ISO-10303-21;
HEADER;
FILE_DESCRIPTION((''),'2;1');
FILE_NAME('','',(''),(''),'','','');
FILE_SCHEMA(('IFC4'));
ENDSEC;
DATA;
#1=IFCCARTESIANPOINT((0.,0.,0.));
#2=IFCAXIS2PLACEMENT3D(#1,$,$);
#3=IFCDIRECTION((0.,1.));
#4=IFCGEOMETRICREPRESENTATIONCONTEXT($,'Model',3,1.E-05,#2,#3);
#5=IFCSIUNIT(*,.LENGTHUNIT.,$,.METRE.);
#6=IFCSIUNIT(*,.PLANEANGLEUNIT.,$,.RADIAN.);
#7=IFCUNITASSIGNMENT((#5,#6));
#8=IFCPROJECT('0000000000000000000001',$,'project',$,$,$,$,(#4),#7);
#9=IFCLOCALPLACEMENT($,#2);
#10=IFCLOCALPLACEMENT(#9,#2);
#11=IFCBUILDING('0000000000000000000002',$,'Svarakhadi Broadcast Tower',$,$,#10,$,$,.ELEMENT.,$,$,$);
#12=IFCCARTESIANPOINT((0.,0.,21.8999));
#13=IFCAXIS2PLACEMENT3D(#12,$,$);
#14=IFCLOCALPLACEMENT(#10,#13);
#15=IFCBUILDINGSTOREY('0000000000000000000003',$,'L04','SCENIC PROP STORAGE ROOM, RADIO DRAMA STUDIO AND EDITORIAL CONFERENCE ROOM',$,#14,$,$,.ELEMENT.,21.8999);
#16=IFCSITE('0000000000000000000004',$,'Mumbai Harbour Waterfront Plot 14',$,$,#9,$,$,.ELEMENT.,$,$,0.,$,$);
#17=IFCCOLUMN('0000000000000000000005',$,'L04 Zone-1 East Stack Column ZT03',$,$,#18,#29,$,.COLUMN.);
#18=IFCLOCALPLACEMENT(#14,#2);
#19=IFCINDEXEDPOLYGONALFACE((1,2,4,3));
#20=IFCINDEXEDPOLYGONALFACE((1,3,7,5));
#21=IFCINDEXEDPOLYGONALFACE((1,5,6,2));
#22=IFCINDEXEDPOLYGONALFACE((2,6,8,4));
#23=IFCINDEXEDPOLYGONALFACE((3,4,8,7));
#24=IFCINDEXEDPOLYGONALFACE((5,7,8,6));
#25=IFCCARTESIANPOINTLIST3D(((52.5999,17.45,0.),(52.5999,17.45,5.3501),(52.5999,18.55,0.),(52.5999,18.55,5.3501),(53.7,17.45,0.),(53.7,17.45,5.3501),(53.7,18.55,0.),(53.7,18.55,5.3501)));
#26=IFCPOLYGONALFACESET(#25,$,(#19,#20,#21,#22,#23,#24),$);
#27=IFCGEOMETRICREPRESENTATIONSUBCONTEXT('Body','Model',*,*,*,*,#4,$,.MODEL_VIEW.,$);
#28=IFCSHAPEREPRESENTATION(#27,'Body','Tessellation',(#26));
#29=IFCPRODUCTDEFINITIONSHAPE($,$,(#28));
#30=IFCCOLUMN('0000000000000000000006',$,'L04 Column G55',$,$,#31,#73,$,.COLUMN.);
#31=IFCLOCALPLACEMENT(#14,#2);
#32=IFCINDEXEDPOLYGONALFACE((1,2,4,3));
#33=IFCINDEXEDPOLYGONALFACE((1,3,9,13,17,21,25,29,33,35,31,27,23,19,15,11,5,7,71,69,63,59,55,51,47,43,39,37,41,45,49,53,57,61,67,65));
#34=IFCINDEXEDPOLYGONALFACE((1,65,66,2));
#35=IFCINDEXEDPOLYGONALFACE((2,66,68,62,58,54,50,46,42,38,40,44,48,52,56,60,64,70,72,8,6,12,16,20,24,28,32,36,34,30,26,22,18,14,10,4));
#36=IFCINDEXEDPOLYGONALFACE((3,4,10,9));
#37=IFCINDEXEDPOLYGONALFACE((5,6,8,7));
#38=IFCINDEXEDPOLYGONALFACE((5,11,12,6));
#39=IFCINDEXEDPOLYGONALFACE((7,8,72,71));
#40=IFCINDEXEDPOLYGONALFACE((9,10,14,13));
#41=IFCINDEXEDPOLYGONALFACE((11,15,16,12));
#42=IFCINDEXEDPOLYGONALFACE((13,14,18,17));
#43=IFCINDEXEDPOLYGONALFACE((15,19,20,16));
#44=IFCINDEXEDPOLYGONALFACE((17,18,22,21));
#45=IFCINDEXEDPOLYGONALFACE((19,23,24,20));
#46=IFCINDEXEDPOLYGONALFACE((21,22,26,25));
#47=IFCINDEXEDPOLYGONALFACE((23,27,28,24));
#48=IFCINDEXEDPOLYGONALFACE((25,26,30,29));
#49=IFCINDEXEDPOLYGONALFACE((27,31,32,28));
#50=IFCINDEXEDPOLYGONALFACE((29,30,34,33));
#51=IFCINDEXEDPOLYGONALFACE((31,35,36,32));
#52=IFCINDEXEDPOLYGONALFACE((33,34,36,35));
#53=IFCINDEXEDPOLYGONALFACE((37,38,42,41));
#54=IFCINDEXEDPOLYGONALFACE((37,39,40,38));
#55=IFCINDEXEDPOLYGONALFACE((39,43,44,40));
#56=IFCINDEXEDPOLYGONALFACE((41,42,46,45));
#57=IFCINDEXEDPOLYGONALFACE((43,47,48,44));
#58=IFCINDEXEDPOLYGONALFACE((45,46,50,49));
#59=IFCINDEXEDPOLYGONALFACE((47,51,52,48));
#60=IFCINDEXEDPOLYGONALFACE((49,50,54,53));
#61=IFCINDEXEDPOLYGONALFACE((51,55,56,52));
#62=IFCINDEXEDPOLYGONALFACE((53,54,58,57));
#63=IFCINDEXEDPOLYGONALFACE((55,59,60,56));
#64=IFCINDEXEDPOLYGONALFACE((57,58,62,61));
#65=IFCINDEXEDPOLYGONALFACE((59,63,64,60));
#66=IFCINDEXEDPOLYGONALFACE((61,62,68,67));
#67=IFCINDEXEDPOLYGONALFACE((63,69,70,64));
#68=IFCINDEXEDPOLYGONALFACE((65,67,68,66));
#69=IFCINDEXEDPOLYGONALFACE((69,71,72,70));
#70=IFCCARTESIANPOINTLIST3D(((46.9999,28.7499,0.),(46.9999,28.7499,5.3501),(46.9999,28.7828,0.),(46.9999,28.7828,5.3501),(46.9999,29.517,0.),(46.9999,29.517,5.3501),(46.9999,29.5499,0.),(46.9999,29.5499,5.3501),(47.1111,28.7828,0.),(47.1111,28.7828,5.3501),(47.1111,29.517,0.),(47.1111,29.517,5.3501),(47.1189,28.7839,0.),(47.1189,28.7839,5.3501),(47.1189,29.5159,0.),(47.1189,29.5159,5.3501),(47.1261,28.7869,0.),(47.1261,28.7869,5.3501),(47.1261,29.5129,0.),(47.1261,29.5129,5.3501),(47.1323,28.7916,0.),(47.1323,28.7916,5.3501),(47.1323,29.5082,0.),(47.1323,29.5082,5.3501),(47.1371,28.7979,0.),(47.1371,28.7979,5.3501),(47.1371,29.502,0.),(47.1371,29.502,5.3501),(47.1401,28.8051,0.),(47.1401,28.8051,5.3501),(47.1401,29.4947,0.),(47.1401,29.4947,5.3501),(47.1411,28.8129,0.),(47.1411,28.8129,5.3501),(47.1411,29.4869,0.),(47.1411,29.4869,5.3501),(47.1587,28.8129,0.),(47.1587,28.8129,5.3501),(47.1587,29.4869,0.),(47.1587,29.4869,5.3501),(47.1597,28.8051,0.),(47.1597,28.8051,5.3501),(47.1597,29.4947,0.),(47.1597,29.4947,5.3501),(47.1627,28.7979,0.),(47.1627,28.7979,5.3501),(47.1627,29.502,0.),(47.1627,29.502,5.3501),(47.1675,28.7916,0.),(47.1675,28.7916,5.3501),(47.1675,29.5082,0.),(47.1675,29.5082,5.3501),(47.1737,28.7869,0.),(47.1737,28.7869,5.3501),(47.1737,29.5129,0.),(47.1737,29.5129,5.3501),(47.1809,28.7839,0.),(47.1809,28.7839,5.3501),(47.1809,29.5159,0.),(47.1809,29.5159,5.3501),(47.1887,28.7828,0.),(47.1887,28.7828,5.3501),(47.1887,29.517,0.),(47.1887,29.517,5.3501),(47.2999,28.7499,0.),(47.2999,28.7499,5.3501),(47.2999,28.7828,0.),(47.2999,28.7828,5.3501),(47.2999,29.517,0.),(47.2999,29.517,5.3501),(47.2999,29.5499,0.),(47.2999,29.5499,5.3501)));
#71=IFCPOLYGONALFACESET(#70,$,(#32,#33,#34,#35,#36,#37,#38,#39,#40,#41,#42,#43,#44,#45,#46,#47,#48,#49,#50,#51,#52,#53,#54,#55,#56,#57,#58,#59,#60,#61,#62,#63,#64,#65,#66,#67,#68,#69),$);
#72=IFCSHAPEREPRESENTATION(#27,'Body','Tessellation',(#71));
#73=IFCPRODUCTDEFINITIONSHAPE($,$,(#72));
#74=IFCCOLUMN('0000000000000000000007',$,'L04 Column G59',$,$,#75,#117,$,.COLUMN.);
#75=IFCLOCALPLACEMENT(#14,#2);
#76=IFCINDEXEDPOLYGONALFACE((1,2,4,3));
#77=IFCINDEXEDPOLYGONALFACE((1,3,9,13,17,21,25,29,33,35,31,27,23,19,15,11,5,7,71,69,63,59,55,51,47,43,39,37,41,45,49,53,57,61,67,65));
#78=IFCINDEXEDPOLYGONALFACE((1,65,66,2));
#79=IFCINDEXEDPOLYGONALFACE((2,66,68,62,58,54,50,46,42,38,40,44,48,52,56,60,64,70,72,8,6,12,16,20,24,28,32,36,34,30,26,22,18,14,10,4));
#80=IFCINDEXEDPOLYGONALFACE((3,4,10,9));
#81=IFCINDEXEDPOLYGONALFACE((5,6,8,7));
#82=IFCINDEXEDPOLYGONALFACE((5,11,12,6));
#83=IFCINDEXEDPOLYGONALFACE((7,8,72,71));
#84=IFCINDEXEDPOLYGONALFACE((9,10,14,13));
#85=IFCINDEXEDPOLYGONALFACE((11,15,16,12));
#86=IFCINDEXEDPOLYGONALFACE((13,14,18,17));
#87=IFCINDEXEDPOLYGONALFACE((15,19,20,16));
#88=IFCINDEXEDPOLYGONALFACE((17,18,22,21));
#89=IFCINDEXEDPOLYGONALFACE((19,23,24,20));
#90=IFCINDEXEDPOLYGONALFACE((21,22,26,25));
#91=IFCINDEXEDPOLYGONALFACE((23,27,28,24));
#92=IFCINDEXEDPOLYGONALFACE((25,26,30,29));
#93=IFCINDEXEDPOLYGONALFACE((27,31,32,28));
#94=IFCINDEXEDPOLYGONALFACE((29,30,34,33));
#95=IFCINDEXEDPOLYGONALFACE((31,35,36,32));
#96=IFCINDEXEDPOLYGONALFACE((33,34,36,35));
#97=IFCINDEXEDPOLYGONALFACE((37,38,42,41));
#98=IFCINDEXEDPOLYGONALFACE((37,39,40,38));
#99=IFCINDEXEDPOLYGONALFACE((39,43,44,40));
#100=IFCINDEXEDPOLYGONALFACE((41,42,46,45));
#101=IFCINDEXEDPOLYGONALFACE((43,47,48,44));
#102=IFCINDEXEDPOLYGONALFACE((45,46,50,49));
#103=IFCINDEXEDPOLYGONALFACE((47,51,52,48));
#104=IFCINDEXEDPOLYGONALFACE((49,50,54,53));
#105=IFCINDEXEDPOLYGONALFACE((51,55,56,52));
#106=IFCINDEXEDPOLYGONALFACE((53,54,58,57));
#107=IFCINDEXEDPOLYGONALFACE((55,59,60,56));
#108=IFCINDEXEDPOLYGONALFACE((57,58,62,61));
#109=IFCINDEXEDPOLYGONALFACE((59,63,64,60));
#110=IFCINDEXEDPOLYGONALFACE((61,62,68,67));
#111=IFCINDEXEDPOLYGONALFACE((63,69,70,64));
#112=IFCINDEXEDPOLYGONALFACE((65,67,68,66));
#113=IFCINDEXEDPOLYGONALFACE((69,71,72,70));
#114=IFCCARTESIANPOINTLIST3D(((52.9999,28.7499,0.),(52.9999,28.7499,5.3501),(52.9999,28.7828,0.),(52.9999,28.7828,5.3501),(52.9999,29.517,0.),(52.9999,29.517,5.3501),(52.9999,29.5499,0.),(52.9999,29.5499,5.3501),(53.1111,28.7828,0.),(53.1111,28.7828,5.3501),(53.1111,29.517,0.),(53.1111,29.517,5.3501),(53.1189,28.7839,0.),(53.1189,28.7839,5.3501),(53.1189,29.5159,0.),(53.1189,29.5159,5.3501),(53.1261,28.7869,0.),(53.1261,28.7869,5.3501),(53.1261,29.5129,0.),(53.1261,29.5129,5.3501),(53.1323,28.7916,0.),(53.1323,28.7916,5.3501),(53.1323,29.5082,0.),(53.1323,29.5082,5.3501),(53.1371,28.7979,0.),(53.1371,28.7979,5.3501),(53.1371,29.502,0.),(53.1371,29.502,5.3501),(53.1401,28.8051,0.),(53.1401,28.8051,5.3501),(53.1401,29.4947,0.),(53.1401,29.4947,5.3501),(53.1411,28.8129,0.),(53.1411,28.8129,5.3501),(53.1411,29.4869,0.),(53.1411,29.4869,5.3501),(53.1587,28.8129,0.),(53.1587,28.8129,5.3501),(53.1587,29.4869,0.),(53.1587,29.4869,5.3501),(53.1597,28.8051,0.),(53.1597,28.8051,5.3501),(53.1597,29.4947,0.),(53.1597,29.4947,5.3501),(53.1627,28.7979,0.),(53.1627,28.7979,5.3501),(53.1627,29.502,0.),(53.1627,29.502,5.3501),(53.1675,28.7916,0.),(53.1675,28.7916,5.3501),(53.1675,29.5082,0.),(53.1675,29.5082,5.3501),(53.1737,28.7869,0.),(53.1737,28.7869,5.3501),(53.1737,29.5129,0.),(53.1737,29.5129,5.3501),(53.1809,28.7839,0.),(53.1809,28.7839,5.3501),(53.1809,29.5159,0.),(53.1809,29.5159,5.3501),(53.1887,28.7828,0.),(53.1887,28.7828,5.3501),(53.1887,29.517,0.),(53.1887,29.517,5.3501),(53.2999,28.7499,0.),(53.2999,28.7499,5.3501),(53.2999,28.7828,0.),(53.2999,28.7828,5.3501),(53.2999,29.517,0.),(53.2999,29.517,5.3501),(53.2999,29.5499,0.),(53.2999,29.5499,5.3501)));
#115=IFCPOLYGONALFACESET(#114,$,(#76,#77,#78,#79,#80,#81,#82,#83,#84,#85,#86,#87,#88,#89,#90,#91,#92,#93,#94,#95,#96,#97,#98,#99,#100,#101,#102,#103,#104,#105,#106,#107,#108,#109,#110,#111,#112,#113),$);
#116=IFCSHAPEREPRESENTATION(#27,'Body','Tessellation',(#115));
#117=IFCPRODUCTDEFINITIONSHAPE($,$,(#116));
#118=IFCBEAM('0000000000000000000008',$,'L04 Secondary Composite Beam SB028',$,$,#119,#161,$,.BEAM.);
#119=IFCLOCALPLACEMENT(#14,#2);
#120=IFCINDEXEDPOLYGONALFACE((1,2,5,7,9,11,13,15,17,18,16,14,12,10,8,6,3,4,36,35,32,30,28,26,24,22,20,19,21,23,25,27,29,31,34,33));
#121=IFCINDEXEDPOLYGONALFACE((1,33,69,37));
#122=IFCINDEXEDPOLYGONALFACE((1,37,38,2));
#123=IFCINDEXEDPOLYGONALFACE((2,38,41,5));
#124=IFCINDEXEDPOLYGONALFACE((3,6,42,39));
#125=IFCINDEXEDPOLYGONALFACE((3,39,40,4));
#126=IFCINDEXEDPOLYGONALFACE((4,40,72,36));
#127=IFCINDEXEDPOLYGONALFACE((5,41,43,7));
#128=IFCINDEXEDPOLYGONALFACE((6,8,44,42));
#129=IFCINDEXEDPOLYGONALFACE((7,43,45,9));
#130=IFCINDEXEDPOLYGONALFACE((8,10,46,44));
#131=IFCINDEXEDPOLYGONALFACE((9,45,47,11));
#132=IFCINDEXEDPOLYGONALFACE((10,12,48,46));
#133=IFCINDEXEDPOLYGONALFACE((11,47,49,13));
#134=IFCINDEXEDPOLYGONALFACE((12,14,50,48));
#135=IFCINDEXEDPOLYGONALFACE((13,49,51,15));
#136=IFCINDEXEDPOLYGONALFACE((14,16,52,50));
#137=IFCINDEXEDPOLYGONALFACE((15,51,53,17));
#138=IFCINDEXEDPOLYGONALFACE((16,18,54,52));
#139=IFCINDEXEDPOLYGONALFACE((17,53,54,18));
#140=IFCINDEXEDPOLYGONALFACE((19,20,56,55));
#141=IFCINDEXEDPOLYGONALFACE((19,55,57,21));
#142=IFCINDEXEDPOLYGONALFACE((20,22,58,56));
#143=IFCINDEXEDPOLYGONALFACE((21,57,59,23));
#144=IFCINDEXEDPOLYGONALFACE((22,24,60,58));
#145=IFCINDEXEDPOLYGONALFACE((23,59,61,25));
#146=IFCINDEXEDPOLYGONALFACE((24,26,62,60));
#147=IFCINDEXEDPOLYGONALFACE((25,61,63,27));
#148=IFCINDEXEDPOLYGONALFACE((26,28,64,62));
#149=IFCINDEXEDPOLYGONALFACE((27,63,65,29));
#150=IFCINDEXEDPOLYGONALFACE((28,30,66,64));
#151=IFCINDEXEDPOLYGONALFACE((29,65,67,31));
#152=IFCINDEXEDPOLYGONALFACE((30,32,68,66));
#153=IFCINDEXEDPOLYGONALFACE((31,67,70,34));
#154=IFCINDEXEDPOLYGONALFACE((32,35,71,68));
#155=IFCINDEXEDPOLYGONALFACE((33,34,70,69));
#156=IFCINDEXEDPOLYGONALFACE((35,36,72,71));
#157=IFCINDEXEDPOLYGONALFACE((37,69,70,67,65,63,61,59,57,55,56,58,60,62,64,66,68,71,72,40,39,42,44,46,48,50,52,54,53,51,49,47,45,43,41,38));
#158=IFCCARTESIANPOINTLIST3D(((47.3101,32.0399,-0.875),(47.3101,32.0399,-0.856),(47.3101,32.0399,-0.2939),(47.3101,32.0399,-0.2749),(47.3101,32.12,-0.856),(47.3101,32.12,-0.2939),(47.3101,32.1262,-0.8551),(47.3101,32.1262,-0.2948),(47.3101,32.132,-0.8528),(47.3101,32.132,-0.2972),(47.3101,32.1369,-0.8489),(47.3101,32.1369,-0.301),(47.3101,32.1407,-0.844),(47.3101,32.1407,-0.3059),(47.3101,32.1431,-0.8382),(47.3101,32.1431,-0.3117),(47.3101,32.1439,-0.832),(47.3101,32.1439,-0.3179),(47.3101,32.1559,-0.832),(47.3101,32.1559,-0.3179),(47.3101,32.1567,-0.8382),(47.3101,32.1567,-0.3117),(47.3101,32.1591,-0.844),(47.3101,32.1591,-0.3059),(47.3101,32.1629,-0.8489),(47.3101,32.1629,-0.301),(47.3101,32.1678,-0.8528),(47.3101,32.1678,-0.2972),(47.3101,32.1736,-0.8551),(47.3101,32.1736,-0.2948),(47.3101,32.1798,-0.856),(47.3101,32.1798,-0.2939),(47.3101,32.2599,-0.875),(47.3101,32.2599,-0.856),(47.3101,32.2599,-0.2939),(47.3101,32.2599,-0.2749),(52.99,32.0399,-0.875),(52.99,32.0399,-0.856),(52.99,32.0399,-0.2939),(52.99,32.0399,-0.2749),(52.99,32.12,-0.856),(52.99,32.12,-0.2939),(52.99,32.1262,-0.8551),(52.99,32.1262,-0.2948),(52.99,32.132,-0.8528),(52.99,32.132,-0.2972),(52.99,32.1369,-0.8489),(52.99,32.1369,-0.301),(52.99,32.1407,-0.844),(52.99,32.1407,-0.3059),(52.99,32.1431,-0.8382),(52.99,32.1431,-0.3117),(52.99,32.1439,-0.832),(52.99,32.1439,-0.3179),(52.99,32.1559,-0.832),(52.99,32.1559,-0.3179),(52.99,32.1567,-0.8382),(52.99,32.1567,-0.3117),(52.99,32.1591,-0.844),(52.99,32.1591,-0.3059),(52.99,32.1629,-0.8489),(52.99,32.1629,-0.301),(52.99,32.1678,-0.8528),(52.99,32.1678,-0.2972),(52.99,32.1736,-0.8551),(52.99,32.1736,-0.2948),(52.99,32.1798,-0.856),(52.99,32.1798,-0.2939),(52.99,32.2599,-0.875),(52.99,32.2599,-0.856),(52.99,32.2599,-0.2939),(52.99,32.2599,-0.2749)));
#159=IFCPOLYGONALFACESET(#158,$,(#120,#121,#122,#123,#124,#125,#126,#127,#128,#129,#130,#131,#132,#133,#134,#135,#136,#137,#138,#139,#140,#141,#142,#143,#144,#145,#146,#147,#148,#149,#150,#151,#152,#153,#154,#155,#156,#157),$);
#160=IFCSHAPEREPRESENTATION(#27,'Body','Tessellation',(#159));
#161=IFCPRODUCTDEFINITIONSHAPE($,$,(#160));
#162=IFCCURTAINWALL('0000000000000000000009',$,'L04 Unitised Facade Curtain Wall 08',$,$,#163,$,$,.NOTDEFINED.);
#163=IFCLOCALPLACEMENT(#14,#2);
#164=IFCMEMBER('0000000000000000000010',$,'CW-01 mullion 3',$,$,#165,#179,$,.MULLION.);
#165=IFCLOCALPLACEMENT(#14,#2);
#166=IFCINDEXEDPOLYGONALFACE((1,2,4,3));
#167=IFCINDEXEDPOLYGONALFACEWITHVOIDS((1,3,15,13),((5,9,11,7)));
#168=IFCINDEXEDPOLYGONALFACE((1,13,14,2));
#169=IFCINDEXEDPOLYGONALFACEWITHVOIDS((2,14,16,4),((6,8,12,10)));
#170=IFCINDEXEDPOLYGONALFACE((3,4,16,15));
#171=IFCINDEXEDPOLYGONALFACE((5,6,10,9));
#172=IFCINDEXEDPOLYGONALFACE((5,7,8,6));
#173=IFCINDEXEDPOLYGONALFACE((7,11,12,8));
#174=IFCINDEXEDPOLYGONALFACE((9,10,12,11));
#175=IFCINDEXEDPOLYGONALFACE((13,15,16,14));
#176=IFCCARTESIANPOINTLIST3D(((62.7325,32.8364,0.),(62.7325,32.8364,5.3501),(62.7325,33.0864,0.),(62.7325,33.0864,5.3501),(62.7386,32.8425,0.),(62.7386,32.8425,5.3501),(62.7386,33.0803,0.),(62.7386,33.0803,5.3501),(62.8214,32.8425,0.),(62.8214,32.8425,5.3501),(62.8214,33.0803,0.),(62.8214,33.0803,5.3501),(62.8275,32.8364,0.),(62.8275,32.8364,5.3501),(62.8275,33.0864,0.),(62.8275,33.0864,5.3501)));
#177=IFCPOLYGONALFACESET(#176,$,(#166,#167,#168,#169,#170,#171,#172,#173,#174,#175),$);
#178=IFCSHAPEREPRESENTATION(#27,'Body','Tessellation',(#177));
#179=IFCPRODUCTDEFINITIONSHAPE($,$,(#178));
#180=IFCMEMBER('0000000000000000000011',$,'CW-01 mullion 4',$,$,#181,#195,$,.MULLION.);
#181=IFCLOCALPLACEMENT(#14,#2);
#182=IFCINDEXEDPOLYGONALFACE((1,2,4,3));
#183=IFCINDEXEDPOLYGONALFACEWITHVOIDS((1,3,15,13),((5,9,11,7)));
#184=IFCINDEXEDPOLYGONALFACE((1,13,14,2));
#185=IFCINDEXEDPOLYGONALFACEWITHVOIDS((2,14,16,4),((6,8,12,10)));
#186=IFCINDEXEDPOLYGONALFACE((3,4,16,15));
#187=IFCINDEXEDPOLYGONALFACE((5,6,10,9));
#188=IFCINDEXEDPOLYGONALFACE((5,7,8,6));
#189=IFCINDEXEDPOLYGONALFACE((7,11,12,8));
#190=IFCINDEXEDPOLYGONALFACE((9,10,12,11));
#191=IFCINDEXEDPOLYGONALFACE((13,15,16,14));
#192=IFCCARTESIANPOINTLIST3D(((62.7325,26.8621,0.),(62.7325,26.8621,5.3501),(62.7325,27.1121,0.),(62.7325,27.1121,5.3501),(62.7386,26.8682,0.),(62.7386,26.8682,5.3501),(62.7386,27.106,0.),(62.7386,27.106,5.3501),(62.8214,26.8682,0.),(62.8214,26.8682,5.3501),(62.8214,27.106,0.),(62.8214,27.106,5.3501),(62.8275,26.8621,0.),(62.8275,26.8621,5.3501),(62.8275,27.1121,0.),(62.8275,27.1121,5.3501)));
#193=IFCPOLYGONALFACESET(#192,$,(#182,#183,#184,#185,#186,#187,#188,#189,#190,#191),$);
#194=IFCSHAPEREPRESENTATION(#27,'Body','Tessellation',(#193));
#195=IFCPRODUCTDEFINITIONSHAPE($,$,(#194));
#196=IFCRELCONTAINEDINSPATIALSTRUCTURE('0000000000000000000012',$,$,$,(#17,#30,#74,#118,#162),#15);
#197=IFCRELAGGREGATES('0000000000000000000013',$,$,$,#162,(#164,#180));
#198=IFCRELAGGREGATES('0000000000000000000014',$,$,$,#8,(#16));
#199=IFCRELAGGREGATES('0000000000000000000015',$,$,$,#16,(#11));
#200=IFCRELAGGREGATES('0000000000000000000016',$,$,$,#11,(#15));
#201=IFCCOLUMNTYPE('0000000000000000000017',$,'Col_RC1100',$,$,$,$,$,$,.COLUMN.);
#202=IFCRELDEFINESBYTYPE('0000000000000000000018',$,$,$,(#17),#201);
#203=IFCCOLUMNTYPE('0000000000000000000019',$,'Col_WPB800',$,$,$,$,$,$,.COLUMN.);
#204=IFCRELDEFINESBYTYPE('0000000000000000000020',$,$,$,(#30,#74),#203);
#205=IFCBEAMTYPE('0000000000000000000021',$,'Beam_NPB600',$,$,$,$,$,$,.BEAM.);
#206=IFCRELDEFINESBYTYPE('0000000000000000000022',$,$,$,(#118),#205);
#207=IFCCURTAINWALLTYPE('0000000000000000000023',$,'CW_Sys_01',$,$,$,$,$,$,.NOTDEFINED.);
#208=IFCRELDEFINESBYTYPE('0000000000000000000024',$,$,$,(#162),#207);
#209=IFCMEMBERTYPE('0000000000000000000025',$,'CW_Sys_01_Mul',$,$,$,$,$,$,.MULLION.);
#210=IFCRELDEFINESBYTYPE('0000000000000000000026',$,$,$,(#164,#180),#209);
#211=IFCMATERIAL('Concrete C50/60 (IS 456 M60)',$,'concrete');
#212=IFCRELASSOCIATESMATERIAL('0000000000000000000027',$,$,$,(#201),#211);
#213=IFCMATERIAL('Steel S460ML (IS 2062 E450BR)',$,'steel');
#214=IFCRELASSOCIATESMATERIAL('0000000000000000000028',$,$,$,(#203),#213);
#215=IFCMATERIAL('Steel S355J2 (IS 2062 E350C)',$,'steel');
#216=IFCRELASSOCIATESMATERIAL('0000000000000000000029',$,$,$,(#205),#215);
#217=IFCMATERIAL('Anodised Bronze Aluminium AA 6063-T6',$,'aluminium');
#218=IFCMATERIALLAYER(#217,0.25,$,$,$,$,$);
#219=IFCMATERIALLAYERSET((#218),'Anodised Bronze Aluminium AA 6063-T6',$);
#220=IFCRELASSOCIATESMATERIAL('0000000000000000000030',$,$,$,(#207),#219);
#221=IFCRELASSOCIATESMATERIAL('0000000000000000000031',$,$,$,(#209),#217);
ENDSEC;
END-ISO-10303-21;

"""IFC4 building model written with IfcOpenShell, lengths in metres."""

from ifc_helpers import new_model, si_unit, direction, frame, origin, origin_2d, place, context, subcontext, project, spatial, rectangle, hollow_rectangle, i_section, extrude, material, layer, layer_set, material_profile, profile_set, type_object, element, aggregate, save


model = new_model("IFC4")

# Units and contexts
model_context = context("Model", 3, precision=1e-05, world=origin(), true_north=direction((0.0, 1.0)))
body_context = subcontext(model_context, "Body", "Model", "MODEL_VIEW")
ifc_project = project(units=[si_unit("LENGTHUNIT", "METRE"), si_unit("PLANEANGLEUNIT", "RADIAN")], contexts=[model_context])

# Site, building, storey
site_placement = place(None, origin())
site = spatial("IfcSite", under=ifc_project, at=site_placement, Name="Mumbai Harbour Waterfront Plot 14", CompositionType="ELEMENT", RefElevation=0.0)
building_placement = place(site_placement, origin())
building = spatial("IfcBuilding", under=site, at=building_placement, Name="Svarakhadi Broadcast Tower", CompositionType="ELEMENT")
storey_placement = place(building_placement, frame((0.0, 0.0, 21.8999)))
storey = spatial("IfcBuildingStorey", under=building, at=storey_placement, Name="L04", Description="SCENIC PROP STORAGE ROOM, RADIO DRAMA STUDIO AND EDITORIAL CONFERENCE ROOM", CompositionType="ELEMENT", Elevation=21.8999)

# Columns
ifc_material_1 = material(Name="Concrete C50/60 (IS 456 M60)", Category="concrete")
ifc_material_profile_1 = material_profile(ifc_material_1, rectangle(XDim=1.1001, YDim=1.1001, at=origin_2d()), Name="RC 1100x1100")
ifc_profile_set_1 = profile_set([ifc_material_profile_1], Name="Concrete C50/60 (IS 456 M60)")
column_type_1 = type_object("IfcColumnType", Name="Col_RC1100", PredefinedType="COLUMN", material=ifc_profile_set_1)
column_placement = place(storey_placement, frame((53.1499, 18.0, 0.0), z_axis=(0.0, 0.0, 1.0), x_axis=(1.0, 0.0, 0.0)))
element("IfcColumn", 1, at=column_placement, inside=storey, type_object=column_type_1, Name="L04 Zone-1 East Stack Column ZT03", PredefinedType="COLUMN", context=body_context, shape_type="SweptSolid", body=[
    extrude(rectangle(XDim=1.1001, YDim=1.1001, at=origin_2d()), origin(), (0.0, 0.0, 1.0), 5.3501),
])
ifc_material_2 = material(Name="Steel S460ML (IS 2062 E450BR)", Category="steel")
ifc_material_profile_2 = material_profile(ifc_material_2, i_section(OverallWidth=0.3, OverallDepth=0.8, WebThickness=0.0176, FlangeThickness=0.033, FilletRadius=0.03, at=origin_2d()), Name="WPB 800x300x262")
ifc_profile_set_2 = profile_set([ifc_material_profile_2], Name="Steel S460ML (IS 2062 E450BR)")
column_type_2 = type_object("IfcColumnType", Name="Col_WPB800", PredefinedType="COLUMN", material=ifc_profile_set_2)
for number, where, z_axis, x_axis, name in (
    (2, (47.1499, 29.1499, 0.0), (0.0, 0.0, 1.0), (1.0, 0.0, 0.0), "L04 Column G55"),
    (3, (53.1499, 29.1499, 0.0), (0.0, 0.0, 1.0), (1.0, 0.0, 0.0), "L04 Column G59"),
):
    element("IfcColumn", number, at=place(storey_placement, frame(where, z_axis=z_axis, x_axis=x_axis)), inside=storey, type_object=column_type_2, Name=name, PredefinedType="COLUMN", context=body_context, shape_type="SweptSolid", body=[
        extrude(i_section(OverallWidth=0.3, OverallDepth=0.8, WebThickness=0.0176, FlangeThickness=0.033, FilletRadius=0.03, at=origin_2d()), origin(), (0.0, 0.0, 1.0), 5.3501),
    ])

# Beam
ifc_material_3 = material(Name="Steel S355J2 (IS 2062 E350C)", Category="steel")
ifc_material_profile_3 = material_profile(ifc_material_3, i_section(OverallWidth=0.22, OverallDepth=0.6001, WebThickness=0.012, FlangeThickness=0.019, FilletRadius=0.0239, at=origin_2d()), Name="NPB 600x220x122")
ifc_profile_set_3 = profile_set([ifc_material_profile_3], Name="Steel S355J2 (IS 2062 E350C)")
beam_type_1 = type_object("IfcBeamType", Name="Beam_NPB600", PredefinedType="BEAM", material=ifc_profile_set_3)
beam_placement = place(storey_placement, frame((47.3101, 32.1499, -0.575), z_axis=(1.0, 0.0, 0.0), x_axis=(0.0, 1.0, 0.0)))
element("IfcBeam", 4, at=beam_placement, inside=storey, type_object=beam_type_1, Name="L04 Secondary Composite Beam SB028", PredefinedType="BEAM", context=body_context, shape_type="SweptSolid", body=[
    extrude(i_section(OverallWidth=0.22, OverallDepth=0.6001, WebThickness=0.012, FlangeThickness=0.019, FilletRadius=0.0239, at=origin_2d()), origin(), (0.0, 0.0, 1.0), 5.6799),
])

# Curtain wall, members
ifc_material_4 = material(Name="Anodised Bronze Aluminium AA 6063-T6", Category="aluminium")
ifc_layer_1 = layer(ifc_material_4, 0.25)
ifc_layer_set_1 = layer_set([ifc_layer_1], Name="Anodised Bronze Aluminium AA 6063-T6")
curtain_wall_type = type_object("IfcCurtainWallType", Name="CW_Sys_01", PredefinedType="NOTDEFINED", material=ifc_layer_set_1)
curtain_wall_placement = place(storey_placement, origin())
curtain_wall = element("IfcCurtainWall", 5, at=curtain_wall_placement, inside=storey, type_object=curtain_wall_type, Name="L04 Unitised Facade Curtain Wall 08", PredefinedType="NOTDEFINED")
ifc_material_profile_4 = material_profile(ifc_material_4, hollow_rectangle(XDim=0.095, YDim=0.25, WallThickness=0.0061, at=origin_2d()), Name="ALU MULLION 250x95x6")
ifc_profile_set_4 = profile_set([ifc_material_profile_4], Name="Anodised Bronze Aluminium AA 6063-T6")
member_type_1 = type_object("IfcMemberType", Name="CW_Sys_01_Mul", PredefinedType="MULLION", material=ifc_profile_set_4)
member_1_placement = place(storey_placement, frame((62.78, 32.9614, 0.0), z_axis=(0.0, 0.0, 1.0), x_axis=(1.0, 0.0, 0.0)))
member_1 = element("IfcMember", 6, at=member_1_placement, type_object=member_type_1, Name="CW-01 mullion 3", PredefinedType="MULLION", context=body_context, shape_type="SweptSolid", body=[
    extrude(hollow_rectangle(XDim=0.095, YDim=0.25, WallThickness=0.0061, at=origin_2d()), origin(), (0.0, 0.0, 1.0), 5.3501),
])
member_2_placement = place(storey_placement, frame((62.78, 26.9871, 0.0), z_axis=(0.0, 0.0, 1.0), x_axis=(1.0, 0.0, 0.0)))
member_2 = element("IfcMember", 7, at=member_2_placement, type_object=member_type_1, Name="CW-01 mullion 4", PredefinedType="MULLION", context=body_context, shape_type="SweptSolid", body=[
    extrude(hollow_rectangle(XDim=0.095, YDim=0.25, WallThickness=0.0061, at=origin_2d()), origin(), (0.0, 0.0, 1.0), 5.3501),
])

aggregate(curtain_wall, [member_1, member_2])

save(model, "model.ifc")
